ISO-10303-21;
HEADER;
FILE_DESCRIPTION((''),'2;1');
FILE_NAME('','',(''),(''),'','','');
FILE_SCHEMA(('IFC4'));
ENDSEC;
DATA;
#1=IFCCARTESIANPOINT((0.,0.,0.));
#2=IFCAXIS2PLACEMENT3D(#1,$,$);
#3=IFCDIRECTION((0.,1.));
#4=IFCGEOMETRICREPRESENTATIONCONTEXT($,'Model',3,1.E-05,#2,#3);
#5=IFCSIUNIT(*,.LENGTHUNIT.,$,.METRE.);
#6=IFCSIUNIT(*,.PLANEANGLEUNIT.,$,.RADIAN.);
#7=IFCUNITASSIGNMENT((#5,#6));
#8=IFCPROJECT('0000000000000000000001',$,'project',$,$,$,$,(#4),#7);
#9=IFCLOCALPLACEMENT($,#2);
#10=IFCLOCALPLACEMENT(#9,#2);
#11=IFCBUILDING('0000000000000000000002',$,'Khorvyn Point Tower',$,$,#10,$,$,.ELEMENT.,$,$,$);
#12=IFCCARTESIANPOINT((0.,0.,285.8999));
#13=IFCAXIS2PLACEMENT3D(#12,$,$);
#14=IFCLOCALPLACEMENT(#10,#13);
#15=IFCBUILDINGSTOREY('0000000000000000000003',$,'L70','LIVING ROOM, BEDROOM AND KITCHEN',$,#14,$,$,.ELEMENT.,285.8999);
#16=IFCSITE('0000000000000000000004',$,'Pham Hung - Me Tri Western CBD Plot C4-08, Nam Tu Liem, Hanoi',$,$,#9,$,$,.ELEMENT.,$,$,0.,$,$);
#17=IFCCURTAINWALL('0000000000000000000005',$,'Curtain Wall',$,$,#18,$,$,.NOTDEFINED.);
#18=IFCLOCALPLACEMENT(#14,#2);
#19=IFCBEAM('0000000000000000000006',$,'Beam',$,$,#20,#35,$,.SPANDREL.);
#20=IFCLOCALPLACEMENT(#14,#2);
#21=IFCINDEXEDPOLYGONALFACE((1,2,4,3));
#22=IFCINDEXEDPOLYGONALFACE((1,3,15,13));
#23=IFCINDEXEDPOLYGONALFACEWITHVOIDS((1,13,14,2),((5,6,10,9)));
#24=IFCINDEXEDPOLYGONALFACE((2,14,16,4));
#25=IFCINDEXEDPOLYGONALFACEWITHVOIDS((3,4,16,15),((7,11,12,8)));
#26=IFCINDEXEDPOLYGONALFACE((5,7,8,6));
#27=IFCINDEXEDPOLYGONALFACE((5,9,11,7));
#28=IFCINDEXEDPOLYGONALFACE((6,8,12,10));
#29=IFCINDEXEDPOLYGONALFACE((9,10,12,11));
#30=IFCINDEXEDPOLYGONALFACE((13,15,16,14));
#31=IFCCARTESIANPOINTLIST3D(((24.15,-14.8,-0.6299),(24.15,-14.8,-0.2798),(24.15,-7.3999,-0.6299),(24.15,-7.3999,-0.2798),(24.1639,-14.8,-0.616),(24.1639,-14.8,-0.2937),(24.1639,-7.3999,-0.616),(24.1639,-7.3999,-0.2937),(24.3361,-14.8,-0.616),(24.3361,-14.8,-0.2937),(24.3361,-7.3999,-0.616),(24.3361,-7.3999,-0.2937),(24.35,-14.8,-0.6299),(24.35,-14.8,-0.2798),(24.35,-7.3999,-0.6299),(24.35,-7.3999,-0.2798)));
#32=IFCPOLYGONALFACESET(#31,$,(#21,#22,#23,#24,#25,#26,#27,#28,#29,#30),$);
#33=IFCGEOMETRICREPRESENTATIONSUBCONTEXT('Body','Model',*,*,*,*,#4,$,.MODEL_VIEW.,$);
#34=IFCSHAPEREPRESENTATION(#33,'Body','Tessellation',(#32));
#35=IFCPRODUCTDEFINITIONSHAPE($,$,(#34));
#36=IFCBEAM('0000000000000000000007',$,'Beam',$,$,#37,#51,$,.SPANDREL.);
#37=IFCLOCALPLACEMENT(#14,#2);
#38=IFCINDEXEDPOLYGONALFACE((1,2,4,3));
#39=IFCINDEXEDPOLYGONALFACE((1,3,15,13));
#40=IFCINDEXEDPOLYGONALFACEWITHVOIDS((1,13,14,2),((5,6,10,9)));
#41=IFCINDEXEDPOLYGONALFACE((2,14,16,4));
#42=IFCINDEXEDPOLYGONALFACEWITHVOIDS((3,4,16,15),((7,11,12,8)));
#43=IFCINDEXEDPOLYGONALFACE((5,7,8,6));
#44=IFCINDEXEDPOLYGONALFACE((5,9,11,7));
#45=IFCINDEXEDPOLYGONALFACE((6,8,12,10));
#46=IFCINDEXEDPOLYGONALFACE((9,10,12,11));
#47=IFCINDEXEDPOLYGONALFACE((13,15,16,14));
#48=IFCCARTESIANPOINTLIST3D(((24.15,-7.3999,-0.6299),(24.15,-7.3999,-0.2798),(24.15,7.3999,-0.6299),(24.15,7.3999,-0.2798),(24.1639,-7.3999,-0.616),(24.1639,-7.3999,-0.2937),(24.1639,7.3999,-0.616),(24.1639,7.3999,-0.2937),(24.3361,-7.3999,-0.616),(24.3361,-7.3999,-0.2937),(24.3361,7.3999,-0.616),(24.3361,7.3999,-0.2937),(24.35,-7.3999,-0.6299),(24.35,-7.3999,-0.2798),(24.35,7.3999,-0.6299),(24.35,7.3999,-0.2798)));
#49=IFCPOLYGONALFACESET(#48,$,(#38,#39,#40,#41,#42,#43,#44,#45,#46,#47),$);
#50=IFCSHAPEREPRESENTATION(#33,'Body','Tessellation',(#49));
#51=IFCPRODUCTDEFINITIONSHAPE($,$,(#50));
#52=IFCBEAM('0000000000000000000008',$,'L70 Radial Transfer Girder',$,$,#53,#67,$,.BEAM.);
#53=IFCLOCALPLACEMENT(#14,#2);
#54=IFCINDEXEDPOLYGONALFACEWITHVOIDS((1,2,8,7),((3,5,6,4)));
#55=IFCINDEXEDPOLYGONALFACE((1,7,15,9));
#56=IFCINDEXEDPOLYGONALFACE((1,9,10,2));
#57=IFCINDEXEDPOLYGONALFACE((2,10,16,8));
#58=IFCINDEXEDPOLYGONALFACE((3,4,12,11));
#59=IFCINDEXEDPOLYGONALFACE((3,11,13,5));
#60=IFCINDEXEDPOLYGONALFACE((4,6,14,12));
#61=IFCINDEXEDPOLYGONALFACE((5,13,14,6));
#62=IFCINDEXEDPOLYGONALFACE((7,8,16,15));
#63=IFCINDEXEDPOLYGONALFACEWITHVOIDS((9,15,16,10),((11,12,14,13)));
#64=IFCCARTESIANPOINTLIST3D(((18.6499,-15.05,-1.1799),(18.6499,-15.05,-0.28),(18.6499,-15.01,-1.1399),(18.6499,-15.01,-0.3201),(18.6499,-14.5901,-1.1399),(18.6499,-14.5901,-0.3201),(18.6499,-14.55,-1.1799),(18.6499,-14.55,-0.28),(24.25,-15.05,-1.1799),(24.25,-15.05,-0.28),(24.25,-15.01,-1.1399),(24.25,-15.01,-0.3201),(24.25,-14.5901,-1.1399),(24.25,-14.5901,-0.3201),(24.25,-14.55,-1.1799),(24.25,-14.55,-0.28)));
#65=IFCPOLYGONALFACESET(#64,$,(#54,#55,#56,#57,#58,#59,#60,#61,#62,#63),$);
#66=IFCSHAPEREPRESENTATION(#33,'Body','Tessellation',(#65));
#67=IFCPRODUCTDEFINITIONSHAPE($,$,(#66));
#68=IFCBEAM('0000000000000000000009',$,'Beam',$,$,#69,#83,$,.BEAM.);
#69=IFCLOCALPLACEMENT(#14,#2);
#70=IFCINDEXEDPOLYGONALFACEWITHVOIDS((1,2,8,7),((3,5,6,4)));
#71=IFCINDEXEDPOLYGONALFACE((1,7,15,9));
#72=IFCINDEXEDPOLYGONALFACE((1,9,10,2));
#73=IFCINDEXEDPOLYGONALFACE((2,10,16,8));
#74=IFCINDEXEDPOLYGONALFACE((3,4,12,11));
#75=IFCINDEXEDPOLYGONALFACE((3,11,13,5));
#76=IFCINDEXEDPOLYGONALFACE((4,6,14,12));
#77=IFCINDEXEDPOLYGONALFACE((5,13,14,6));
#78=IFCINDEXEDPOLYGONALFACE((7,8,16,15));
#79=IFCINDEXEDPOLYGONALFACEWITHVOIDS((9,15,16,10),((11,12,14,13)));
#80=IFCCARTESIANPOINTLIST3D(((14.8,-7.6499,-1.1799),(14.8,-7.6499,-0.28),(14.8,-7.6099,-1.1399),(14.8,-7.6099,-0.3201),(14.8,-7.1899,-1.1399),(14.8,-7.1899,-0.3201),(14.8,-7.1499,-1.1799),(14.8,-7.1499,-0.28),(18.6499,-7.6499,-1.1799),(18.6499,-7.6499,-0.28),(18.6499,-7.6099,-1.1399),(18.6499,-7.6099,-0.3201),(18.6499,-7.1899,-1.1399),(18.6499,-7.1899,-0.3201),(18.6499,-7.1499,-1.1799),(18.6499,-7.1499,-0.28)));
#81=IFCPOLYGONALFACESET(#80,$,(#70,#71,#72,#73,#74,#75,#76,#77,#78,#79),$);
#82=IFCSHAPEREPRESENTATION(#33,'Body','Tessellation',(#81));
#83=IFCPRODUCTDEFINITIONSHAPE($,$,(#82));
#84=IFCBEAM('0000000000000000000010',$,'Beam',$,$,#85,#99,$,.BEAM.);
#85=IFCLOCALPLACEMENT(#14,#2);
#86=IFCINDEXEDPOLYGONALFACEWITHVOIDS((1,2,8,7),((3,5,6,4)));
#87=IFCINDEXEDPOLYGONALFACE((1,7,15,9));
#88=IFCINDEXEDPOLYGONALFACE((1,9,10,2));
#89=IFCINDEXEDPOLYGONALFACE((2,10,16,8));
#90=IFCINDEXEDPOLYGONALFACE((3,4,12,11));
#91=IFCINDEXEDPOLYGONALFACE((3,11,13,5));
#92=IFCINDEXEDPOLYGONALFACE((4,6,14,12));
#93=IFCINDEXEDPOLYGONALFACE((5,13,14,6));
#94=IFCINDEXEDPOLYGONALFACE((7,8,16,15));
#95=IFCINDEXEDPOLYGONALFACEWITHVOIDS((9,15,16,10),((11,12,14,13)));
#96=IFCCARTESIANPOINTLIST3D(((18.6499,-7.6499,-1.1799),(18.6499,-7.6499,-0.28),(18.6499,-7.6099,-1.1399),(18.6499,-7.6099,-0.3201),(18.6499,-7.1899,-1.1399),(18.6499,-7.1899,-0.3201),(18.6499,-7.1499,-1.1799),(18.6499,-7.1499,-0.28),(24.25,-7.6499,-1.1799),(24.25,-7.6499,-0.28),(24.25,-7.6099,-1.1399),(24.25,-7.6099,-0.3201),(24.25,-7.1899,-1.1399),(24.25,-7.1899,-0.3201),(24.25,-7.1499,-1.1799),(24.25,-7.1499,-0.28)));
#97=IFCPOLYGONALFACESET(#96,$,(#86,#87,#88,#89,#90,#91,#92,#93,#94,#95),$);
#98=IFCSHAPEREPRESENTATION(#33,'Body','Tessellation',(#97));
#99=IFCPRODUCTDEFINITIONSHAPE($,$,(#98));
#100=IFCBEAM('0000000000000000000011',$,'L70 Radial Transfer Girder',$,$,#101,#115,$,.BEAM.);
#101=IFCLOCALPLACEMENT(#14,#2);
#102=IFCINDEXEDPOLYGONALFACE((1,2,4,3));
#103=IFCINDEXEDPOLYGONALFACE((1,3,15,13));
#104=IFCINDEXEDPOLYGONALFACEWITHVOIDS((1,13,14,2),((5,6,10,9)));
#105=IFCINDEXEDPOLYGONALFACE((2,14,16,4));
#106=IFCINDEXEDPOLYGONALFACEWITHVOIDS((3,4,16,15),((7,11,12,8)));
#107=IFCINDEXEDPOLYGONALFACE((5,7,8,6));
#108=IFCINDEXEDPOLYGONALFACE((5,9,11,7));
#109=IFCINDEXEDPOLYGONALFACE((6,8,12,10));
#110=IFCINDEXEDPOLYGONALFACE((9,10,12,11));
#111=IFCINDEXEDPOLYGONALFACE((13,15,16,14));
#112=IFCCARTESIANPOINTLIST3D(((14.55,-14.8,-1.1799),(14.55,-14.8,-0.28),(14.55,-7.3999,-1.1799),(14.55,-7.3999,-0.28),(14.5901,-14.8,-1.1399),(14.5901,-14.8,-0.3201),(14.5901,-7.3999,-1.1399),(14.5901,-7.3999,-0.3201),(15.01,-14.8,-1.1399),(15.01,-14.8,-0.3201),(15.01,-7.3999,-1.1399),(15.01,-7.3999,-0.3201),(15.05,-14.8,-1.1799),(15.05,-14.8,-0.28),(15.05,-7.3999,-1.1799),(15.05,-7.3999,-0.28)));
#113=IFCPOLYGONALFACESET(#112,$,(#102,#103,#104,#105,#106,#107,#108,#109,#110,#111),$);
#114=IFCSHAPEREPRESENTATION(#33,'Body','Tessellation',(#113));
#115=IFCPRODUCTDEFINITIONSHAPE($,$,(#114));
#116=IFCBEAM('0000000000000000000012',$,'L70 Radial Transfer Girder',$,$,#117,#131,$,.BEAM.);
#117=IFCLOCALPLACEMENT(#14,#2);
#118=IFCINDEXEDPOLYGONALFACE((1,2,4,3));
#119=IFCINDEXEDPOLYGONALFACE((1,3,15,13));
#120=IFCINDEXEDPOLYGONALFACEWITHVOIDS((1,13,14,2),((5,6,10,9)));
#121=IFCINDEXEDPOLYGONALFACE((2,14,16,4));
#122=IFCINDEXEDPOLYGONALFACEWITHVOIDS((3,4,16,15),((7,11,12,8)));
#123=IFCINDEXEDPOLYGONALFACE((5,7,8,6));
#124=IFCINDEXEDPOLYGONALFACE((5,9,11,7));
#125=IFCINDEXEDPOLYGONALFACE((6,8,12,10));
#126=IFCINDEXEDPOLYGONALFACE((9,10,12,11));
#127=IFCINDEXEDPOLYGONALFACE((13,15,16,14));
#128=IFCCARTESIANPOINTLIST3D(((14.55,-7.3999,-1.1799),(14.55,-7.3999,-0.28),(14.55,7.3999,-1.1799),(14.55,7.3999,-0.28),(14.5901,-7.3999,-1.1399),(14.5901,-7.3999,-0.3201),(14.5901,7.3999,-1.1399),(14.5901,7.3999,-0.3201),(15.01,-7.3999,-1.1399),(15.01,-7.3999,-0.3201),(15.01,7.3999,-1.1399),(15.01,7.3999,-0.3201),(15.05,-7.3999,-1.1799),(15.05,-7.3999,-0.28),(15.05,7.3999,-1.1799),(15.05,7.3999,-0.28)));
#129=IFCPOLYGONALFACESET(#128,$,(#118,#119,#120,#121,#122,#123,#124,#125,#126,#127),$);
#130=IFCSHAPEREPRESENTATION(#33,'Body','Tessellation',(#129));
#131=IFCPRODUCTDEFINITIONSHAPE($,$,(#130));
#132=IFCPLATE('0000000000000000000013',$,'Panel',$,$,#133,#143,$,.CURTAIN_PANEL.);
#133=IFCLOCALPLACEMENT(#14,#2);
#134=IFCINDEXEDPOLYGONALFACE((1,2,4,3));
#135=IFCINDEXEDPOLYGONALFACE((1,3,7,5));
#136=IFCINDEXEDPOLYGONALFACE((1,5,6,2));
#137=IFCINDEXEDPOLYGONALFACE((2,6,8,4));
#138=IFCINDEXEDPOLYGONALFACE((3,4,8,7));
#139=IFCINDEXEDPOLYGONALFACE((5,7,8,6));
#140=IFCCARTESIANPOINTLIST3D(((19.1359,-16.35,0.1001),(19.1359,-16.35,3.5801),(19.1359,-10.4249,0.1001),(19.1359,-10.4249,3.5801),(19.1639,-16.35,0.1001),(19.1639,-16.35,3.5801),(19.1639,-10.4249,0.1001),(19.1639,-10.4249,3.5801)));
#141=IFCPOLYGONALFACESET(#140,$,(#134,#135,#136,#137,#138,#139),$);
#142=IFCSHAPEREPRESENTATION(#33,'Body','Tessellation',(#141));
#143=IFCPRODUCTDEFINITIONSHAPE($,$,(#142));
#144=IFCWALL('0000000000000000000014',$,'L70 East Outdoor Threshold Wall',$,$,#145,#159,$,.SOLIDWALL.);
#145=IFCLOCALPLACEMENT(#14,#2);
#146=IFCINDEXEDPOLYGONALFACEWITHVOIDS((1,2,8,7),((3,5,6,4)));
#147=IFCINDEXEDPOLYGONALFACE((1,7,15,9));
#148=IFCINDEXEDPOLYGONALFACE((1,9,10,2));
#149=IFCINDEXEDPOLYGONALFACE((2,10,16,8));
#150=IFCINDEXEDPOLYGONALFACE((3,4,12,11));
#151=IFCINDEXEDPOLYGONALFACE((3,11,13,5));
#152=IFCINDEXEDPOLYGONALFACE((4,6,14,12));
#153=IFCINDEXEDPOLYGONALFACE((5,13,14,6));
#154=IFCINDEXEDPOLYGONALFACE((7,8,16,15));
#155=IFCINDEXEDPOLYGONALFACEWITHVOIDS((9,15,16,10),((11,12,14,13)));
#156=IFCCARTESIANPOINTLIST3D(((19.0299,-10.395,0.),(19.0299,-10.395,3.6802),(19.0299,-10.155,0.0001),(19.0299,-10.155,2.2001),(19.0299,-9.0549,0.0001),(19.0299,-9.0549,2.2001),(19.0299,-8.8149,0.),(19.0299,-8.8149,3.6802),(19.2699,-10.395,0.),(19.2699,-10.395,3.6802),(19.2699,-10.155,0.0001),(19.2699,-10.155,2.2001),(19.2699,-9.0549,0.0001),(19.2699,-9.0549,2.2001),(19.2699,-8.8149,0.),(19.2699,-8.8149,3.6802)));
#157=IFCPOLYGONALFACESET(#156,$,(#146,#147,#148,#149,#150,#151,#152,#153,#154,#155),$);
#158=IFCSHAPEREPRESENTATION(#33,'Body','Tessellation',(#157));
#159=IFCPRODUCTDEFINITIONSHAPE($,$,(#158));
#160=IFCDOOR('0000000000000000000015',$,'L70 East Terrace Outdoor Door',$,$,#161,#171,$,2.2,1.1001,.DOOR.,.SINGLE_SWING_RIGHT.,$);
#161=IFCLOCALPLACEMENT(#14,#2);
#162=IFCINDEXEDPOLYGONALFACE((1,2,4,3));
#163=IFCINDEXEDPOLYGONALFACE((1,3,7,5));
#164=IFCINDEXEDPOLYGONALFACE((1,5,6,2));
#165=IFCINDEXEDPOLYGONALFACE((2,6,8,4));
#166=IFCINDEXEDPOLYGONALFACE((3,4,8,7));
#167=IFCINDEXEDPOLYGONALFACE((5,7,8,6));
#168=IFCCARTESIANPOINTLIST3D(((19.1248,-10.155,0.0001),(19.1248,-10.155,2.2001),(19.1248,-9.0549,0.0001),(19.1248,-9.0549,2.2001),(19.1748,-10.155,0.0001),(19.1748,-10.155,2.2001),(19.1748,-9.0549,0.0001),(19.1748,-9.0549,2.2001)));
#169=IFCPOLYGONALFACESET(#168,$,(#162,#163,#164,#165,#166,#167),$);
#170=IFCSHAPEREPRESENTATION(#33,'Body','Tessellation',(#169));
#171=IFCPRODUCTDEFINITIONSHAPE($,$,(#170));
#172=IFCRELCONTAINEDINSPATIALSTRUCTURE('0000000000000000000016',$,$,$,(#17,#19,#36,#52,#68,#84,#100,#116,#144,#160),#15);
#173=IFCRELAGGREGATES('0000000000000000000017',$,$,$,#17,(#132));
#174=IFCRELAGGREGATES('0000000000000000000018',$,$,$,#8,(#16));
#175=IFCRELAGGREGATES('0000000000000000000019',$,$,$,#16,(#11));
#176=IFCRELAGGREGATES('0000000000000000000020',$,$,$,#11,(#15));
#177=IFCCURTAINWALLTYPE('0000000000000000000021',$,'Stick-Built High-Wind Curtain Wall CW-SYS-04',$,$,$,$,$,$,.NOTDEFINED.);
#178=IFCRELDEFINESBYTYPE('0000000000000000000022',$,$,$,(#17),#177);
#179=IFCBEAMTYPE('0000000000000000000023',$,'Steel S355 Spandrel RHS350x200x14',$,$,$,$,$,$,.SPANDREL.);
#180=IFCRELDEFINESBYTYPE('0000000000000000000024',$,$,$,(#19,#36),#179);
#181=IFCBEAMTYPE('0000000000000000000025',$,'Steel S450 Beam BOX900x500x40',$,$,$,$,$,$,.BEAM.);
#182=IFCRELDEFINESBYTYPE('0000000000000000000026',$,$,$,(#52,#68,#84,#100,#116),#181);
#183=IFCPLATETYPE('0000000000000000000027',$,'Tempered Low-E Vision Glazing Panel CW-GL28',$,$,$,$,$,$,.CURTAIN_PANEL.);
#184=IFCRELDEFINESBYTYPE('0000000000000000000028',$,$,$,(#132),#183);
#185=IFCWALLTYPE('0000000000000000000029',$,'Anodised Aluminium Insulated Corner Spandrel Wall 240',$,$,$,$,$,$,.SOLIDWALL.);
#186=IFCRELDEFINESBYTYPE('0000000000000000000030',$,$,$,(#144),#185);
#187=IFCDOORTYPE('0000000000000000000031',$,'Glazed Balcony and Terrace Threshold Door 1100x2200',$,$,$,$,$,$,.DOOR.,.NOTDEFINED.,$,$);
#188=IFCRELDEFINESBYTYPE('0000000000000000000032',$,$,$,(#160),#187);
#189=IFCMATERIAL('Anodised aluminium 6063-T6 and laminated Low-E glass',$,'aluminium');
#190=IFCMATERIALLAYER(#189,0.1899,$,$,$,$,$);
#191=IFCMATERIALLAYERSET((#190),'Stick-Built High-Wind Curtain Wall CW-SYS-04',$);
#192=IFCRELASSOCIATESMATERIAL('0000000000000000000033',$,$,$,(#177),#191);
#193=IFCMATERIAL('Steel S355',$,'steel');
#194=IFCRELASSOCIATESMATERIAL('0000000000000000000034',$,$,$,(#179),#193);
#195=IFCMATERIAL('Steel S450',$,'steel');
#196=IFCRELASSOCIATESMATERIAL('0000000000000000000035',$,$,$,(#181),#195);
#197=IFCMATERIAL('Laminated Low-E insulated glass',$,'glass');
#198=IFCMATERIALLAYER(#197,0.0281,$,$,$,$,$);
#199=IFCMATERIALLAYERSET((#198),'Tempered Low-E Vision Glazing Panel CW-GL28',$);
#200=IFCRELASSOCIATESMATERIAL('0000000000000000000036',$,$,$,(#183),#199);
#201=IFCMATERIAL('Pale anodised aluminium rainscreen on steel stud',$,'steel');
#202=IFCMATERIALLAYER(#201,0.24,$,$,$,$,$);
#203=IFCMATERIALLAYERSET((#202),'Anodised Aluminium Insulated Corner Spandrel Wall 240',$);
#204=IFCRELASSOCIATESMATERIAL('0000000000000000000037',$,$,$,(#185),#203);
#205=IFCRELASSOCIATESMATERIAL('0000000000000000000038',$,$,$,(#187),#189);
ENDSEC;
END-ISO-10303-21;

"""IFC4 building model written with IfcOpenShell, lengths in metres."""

from ifc_helpers import new_model, si_unit, direction, frame, frame_2d, origin, origin_2d, place, context, subcontext, project, spatial, rectangle, hollow_rectangle, extrude, material, layer, layer_set, material_profile, profile_set, type_object, element, fill, aggregate, save


model = new_model("IFC4")

# Units and contexts
model_context = context("Model", 3, precision=1e-05, world=origin(), true_north=direction((0.0, 1.0)))
body_context = subcontext(model_context, "Body", "Model", "MODEL_VIEW")
ifc_project = project(units=[si_unit("LENGTHUNIT", "METRE"), si_unit("PLANEANGLEUNIT", "RADIAN")], contexts=[model_context])

# Site, building, storey
site_placement = place(None, origin())
site = spatial("IfcSite", under=ifc_project, at=site_placement, Name="Pham Hung - Me Tri Western CBD Plot C4-08, Nam Tu Liem, Hanoi", CompositionType="ELEMENT", RefElevation=0.0)
building_placement = place(site_placement, origin())
building = spatial("IfcBuilding", under=site, at=building_placement, Name="Khorvyn Point Tower", CompositionType="ELEMENT")
storey_placement = place(building_placement, frame((0.0, 0.0, 285.8999)))
storey = spatial("IfcBuildingStorey", under=building, at=storey_placement, Name="L70", Description="LIVING ROOM, BEDROOM AND KITCHEN", CompositionType="ELEMENT", Elevation=285.8999)

# Shared definitions
ifc_material_1 = material(Name="Steel S355", Category="steel")

# Shared definitions
ifc_material_2 = material(Name="Anodised aluminium 6063-T6 and laminated Low-E glass", Category="aluminium")
ifc_layer_1 = layer(ifc_material_2, 0.1899)
ifc_layer_set_1 = layer_set([ifc_layer_1], Name="Stick-Built High-Wind Curtain Wall CW-SYS-04")
curtain_wall_type = type_object("IfcCurtainWallType", Name="Stick-Built High-Wind Curtain Wall CW-SYS-04", PredefinedType="NOTDEFINED", material=ifc_layer_set_1)

# Curtain wall
curtain_wall_1_placement = place(storey_placement, origin())
curtain_wall_1 = element("IfcCurtainWall", 1, at=curtain_wall_1_placement, inside=storey, type_object=curtain_wall_type, Name="Curtain Wall", PredefinedType="NOTDEFINED")

# Beams
ifc_material_profile_1 = material_profile(ifc_material_1, hollow_rectangle(XDim=0.2, YDim=0.3501, WallThickness=0.0139, at=origin_2d()))
ifc_profile_set_1 = profile_set([ifc_material_profile_1], Name="Steel S355 RHS350x200x14")
beam_type_1 = type_object("IfcBeamType", Name="Steel S355 Spandrel RHS350x200x14", PredefinedType="SPANDREL", material=ifc_profile_set_1)
beam_1_placement = place(storey_placement, frame((24.25, -14.8, -0.4548), z_axis=(0.0, 1.0, 0.0), x_axis=(-1.0, 0.0, 0.0)))
element("IfcBeam", 2, at=beam_1_placement, inside=storey, type_object=beam_type_1, Name="Beam", PredefinedType="SPANDREL", context=body_context, shape_type="SweptSolid", body=[
    extrude(hollow_rectangle(XDim=0.2, YDim=0.3501, WallThickness=0.0139, at=origin_2d()), origin(), (0.0, 0.0, 1.0), 7.4001),
])
beam_2_placement = place(storey_placement, frame((24.25, -7.3999, -0.4548), z_axis=(0.0, 1.0, 0.0), x_axis=(-1.0, 0.0, 0.0)))
element("IfcBeam", 3, at=beam_2_placement, inside=storey, type_object=beam_type_1, Name="Beam", PredefinedType="SPANDREL", context=body_context, shape_type="SweptSolid", body=[
    extrude(hollow_rectangle(XDim=0.2, YDim=0.3501, WallThickness=0.0139, at=origin_2d()), origin(), (0.0, 0.0, 1.0), 14.7998),
])
ifc_material_3 = material(Name="Steel S450", Category="steel")
ifc_material_profile_2 = material_profile(ifc_material_3, hollow_rectangle(XDim=0.5, YDim=0.8999, WallThickness=0.04, at=origin_2d()))
ifc_profile_set_2 = profile_set([ifc_material_profile_2], Name="Steel S450 BOX900x500x40")
beam_type_2 = type_object("IfcBeamType", Name="Steel S450 Beam BOX900x500x40", PredefinedType="BEAM", material=ifc_profile_set_2)
beam_3_placement = place(storey_placement, frame((18.6499, -14.8, -0.73), z_axis=(1.0, 0.0, 0.0), x_axis=(0.0, 1.0, 0.0)))
element("IfcBeam", 4, at=beam_3_placement, inside=storey, type_object=beam_type_2, Name="L70 Radial Transfer Girder", PredefinedType="BEAM", context=body_context, shape_type="SweptSolid", body=[
    extrude(hollow_rectangle(XDim=0.5, YDim=0.8999, WallThickness=0.04, at=origin_2d()), origin(), (0.0, 0.0, 1.0), 5.6001),
])
beam_4_placement = place(storey_placement, frame((14.8, -7.3999, -0.73), z_axis=(1.0, 0.0, 0.0), x_axis=(0.0, 1.0, 0.0)))
element("IfcBeam", 5, at=beam_4_placement, inside=storey, type_object=beam_type_2, Name="Beam", PredefinedType="BEAM", context=body_context, shape_type="SweptSolid", body=[
    extrude(hollow_rectangle(XDim=0.5, YDim=0.8999, WallThickness=0.04, at=origin_2d()), origin(), (0.0, 0.0, 1.0), 3.8499),
])
beam_5_placement = place(storey_placement, frame((18.6499, -7.3999, -0.73), z_axis=(1.0, 0.0, 0.0), x_axis=(0.0, 1.0, 0.0)))
element("IfcBeam", 6, at=beam_5_placement, inside=storey, type_object=beam_type_2, Name="Beam", PredefinedType="BEAM", context=body_context, shape_type="SweptSolid", body=[
    extrude(hollow_rectangle(XDim=0.5, YDim=0.8999, WallThickness=0.04, at=origin_2d()), origin(), (0.0, 0.0, 1.0), 5.6001),
])
beam_6_placement = place(storey_placement, frame((14.8, -14.8, -0.73), z_axis=(0.0, 1.0, 0.0), x_axis=(-1.0, 0.0, 0.0)))
element("IfcBeam", 7, at=beam_6_placement, inside=storey, type_object=beam_type_2, Name="L70 Radial Transfer Girder", PredefinedType="BEAM", context=body_context, shape_type="SweptSolid", body=[
    extrude(hollow_rectangle(XDim=0.5, YDim=0.8999, WallThickness=0.04, at=origin_2d()), origin(), (0.0, 0.0, 1.0), 7.4001),
])
beam_7_placement = place(storey_placement, frame((14.8, -7.3999, -0.73), z_axis=(0.0, 1.0, 0.0), x_axis=(-1.0, 0.0, 0.0)))
element("IfcBeam", 8, at=beam_7_placement, inside=storey, type_object=beam_type_2, Name="L70 Radial Transfer Girder", PredefinedType="BEAM", context=body_context, shape_type="SweptSolid", body=[
    extrude(hollow_rectangle(XDim=0.5, YDim=0.8999, WallThickness=0.04, at=origin_2d()), origin(), (0.0, 0.0, 1.0), 14.7998),
])

# Plate
ifc_material_4 = material(Name="Laminated Low-E insulated glass", Category="glass")
ifc_layer_2 = layer(ifc_material_4, 0.0281)
ifc_layer_set_2 = layer_set([ifc_layer_2], Name="Tempered Low-E Vision Glazing Panel CW-GL28")
plate_type = type_object("IfcPlateType", Name="Tempered Low-E Vision Glazing Panel CW-GL28", PredefinedType="CURTAIN_PANEL", material=ifc_layer_set_2)
plate_placement = place(storey_placement, frame((19.1499, -13.3875, 0.1001), z_axis=(0.0, 0.0, 1.0), x_axis=(0.0, -1.0, 0.0)))
plate = element("IfcPlate", 9, at=plate_placement, type_object=plate_type, Name="Panel", PredefinedType="CURTAIN_PANEL", context=body_context, shape_type="SweptSolid", body=[
    extrude(rectangle(XDim=5.925, YDim=0.0281, at=origin_2d()), origin(), (0.0, 0.0, 1.0), 3.48),
])
aggregate(curtain_wall_1, [plate])

# Wall, opening, door
ifc_material_5 = material(Name="Pale anodised aluminium rainscreen on steel stud", Category="steel")
ifc_layer_3 = layer(ifc_material_5, 0.24)
ifc_layer_set_3 = layer_set([ifc_layer_3], Name="Anodised Aluminium Insulated Corner Spandrel Wall 240")
wall_type_1 = type_object("IfcWallType", Name="Anodised Aluminium Insulated Corner Spandrel Wall 240", PredefinedType="SOLIDWALL", material=ifc_layer_set_3)
wall_1_placement = place(storey_placement, frame((19.1499, -8.8149, 0.0), z_axis=(0.0, 0.0, 1.0), x_axis=(0.0, -1.0, 0.0)))
wall_1 = element("IfcWall", 10, at=wall_1_placement, inside=storey, type_object=wall_type_1, Name="L70 East Outdoor Threshold Wall", PredefinedType="SOLIDWALL", context=body_context, shape_type="SweptSolid", body=[
    extrude(rectangle(XDim=1.5801, YDim=0.24, at=frame_2d((0.79, 0.0))), origin(), (0.0, 0.0, 1.0), 3.6802),
])
opening_1_placement = place(wall_1_placement, frame((0.24, 0.0, 0.0)))
opening_1 = element("IfcOpeningElement", 11, at=opening_1_placement, cuts=wall_1, PredefinedType="OPENING", context=body_context, shape_type="SweptSolid", body=[
    extrude(rectangle(XDim=1.1001, YDim=2.2, at=frame_2d((0.55, 1.1001))), frame((0.0, 0.1299, 0.0), z_axis=(0.0, -1.0, 0.0), x_axis=(1.0, 0.0, 0.0)), (0.0, 0.0, 1.0), 0.26),
])
door_type_1 = type_object("IfcDoorType", Name="Glazed Balcony and Terrace Threshold Door 1100x2200", OperationType="NOTDEFINED", PredefinedType="DOOR", material=ifc_material_2)
door_1_placement = place(opening_1_placement, origin())
door_1 = element("IfcDoor", 12, at=door_1_placement, inside=storey, type_object=door_type_1, Name="L70 East Terrace Outdoor Door", OperationType="SINGLE_SWING_RIGHT", OverallHeight=2.2, OverallWidth=1.1001, PredefinedType="DOOR", context=body_context, shape_type="SweptSolid", body=[
    extrude(rectangle(XDim=1.1001, YDim=2.2, at=frame_2d((0.55, 1.1001))), frame((0.0, 0.0249, 0.0), z_axis=(0.0, -1.0, 0.0), x_axis=(1.0, 0.0, 0.0)), (0.0, 0.0, 1.0), 0.05),
])
fill(opening_1, door_1)

save(model, "model.ifc")
